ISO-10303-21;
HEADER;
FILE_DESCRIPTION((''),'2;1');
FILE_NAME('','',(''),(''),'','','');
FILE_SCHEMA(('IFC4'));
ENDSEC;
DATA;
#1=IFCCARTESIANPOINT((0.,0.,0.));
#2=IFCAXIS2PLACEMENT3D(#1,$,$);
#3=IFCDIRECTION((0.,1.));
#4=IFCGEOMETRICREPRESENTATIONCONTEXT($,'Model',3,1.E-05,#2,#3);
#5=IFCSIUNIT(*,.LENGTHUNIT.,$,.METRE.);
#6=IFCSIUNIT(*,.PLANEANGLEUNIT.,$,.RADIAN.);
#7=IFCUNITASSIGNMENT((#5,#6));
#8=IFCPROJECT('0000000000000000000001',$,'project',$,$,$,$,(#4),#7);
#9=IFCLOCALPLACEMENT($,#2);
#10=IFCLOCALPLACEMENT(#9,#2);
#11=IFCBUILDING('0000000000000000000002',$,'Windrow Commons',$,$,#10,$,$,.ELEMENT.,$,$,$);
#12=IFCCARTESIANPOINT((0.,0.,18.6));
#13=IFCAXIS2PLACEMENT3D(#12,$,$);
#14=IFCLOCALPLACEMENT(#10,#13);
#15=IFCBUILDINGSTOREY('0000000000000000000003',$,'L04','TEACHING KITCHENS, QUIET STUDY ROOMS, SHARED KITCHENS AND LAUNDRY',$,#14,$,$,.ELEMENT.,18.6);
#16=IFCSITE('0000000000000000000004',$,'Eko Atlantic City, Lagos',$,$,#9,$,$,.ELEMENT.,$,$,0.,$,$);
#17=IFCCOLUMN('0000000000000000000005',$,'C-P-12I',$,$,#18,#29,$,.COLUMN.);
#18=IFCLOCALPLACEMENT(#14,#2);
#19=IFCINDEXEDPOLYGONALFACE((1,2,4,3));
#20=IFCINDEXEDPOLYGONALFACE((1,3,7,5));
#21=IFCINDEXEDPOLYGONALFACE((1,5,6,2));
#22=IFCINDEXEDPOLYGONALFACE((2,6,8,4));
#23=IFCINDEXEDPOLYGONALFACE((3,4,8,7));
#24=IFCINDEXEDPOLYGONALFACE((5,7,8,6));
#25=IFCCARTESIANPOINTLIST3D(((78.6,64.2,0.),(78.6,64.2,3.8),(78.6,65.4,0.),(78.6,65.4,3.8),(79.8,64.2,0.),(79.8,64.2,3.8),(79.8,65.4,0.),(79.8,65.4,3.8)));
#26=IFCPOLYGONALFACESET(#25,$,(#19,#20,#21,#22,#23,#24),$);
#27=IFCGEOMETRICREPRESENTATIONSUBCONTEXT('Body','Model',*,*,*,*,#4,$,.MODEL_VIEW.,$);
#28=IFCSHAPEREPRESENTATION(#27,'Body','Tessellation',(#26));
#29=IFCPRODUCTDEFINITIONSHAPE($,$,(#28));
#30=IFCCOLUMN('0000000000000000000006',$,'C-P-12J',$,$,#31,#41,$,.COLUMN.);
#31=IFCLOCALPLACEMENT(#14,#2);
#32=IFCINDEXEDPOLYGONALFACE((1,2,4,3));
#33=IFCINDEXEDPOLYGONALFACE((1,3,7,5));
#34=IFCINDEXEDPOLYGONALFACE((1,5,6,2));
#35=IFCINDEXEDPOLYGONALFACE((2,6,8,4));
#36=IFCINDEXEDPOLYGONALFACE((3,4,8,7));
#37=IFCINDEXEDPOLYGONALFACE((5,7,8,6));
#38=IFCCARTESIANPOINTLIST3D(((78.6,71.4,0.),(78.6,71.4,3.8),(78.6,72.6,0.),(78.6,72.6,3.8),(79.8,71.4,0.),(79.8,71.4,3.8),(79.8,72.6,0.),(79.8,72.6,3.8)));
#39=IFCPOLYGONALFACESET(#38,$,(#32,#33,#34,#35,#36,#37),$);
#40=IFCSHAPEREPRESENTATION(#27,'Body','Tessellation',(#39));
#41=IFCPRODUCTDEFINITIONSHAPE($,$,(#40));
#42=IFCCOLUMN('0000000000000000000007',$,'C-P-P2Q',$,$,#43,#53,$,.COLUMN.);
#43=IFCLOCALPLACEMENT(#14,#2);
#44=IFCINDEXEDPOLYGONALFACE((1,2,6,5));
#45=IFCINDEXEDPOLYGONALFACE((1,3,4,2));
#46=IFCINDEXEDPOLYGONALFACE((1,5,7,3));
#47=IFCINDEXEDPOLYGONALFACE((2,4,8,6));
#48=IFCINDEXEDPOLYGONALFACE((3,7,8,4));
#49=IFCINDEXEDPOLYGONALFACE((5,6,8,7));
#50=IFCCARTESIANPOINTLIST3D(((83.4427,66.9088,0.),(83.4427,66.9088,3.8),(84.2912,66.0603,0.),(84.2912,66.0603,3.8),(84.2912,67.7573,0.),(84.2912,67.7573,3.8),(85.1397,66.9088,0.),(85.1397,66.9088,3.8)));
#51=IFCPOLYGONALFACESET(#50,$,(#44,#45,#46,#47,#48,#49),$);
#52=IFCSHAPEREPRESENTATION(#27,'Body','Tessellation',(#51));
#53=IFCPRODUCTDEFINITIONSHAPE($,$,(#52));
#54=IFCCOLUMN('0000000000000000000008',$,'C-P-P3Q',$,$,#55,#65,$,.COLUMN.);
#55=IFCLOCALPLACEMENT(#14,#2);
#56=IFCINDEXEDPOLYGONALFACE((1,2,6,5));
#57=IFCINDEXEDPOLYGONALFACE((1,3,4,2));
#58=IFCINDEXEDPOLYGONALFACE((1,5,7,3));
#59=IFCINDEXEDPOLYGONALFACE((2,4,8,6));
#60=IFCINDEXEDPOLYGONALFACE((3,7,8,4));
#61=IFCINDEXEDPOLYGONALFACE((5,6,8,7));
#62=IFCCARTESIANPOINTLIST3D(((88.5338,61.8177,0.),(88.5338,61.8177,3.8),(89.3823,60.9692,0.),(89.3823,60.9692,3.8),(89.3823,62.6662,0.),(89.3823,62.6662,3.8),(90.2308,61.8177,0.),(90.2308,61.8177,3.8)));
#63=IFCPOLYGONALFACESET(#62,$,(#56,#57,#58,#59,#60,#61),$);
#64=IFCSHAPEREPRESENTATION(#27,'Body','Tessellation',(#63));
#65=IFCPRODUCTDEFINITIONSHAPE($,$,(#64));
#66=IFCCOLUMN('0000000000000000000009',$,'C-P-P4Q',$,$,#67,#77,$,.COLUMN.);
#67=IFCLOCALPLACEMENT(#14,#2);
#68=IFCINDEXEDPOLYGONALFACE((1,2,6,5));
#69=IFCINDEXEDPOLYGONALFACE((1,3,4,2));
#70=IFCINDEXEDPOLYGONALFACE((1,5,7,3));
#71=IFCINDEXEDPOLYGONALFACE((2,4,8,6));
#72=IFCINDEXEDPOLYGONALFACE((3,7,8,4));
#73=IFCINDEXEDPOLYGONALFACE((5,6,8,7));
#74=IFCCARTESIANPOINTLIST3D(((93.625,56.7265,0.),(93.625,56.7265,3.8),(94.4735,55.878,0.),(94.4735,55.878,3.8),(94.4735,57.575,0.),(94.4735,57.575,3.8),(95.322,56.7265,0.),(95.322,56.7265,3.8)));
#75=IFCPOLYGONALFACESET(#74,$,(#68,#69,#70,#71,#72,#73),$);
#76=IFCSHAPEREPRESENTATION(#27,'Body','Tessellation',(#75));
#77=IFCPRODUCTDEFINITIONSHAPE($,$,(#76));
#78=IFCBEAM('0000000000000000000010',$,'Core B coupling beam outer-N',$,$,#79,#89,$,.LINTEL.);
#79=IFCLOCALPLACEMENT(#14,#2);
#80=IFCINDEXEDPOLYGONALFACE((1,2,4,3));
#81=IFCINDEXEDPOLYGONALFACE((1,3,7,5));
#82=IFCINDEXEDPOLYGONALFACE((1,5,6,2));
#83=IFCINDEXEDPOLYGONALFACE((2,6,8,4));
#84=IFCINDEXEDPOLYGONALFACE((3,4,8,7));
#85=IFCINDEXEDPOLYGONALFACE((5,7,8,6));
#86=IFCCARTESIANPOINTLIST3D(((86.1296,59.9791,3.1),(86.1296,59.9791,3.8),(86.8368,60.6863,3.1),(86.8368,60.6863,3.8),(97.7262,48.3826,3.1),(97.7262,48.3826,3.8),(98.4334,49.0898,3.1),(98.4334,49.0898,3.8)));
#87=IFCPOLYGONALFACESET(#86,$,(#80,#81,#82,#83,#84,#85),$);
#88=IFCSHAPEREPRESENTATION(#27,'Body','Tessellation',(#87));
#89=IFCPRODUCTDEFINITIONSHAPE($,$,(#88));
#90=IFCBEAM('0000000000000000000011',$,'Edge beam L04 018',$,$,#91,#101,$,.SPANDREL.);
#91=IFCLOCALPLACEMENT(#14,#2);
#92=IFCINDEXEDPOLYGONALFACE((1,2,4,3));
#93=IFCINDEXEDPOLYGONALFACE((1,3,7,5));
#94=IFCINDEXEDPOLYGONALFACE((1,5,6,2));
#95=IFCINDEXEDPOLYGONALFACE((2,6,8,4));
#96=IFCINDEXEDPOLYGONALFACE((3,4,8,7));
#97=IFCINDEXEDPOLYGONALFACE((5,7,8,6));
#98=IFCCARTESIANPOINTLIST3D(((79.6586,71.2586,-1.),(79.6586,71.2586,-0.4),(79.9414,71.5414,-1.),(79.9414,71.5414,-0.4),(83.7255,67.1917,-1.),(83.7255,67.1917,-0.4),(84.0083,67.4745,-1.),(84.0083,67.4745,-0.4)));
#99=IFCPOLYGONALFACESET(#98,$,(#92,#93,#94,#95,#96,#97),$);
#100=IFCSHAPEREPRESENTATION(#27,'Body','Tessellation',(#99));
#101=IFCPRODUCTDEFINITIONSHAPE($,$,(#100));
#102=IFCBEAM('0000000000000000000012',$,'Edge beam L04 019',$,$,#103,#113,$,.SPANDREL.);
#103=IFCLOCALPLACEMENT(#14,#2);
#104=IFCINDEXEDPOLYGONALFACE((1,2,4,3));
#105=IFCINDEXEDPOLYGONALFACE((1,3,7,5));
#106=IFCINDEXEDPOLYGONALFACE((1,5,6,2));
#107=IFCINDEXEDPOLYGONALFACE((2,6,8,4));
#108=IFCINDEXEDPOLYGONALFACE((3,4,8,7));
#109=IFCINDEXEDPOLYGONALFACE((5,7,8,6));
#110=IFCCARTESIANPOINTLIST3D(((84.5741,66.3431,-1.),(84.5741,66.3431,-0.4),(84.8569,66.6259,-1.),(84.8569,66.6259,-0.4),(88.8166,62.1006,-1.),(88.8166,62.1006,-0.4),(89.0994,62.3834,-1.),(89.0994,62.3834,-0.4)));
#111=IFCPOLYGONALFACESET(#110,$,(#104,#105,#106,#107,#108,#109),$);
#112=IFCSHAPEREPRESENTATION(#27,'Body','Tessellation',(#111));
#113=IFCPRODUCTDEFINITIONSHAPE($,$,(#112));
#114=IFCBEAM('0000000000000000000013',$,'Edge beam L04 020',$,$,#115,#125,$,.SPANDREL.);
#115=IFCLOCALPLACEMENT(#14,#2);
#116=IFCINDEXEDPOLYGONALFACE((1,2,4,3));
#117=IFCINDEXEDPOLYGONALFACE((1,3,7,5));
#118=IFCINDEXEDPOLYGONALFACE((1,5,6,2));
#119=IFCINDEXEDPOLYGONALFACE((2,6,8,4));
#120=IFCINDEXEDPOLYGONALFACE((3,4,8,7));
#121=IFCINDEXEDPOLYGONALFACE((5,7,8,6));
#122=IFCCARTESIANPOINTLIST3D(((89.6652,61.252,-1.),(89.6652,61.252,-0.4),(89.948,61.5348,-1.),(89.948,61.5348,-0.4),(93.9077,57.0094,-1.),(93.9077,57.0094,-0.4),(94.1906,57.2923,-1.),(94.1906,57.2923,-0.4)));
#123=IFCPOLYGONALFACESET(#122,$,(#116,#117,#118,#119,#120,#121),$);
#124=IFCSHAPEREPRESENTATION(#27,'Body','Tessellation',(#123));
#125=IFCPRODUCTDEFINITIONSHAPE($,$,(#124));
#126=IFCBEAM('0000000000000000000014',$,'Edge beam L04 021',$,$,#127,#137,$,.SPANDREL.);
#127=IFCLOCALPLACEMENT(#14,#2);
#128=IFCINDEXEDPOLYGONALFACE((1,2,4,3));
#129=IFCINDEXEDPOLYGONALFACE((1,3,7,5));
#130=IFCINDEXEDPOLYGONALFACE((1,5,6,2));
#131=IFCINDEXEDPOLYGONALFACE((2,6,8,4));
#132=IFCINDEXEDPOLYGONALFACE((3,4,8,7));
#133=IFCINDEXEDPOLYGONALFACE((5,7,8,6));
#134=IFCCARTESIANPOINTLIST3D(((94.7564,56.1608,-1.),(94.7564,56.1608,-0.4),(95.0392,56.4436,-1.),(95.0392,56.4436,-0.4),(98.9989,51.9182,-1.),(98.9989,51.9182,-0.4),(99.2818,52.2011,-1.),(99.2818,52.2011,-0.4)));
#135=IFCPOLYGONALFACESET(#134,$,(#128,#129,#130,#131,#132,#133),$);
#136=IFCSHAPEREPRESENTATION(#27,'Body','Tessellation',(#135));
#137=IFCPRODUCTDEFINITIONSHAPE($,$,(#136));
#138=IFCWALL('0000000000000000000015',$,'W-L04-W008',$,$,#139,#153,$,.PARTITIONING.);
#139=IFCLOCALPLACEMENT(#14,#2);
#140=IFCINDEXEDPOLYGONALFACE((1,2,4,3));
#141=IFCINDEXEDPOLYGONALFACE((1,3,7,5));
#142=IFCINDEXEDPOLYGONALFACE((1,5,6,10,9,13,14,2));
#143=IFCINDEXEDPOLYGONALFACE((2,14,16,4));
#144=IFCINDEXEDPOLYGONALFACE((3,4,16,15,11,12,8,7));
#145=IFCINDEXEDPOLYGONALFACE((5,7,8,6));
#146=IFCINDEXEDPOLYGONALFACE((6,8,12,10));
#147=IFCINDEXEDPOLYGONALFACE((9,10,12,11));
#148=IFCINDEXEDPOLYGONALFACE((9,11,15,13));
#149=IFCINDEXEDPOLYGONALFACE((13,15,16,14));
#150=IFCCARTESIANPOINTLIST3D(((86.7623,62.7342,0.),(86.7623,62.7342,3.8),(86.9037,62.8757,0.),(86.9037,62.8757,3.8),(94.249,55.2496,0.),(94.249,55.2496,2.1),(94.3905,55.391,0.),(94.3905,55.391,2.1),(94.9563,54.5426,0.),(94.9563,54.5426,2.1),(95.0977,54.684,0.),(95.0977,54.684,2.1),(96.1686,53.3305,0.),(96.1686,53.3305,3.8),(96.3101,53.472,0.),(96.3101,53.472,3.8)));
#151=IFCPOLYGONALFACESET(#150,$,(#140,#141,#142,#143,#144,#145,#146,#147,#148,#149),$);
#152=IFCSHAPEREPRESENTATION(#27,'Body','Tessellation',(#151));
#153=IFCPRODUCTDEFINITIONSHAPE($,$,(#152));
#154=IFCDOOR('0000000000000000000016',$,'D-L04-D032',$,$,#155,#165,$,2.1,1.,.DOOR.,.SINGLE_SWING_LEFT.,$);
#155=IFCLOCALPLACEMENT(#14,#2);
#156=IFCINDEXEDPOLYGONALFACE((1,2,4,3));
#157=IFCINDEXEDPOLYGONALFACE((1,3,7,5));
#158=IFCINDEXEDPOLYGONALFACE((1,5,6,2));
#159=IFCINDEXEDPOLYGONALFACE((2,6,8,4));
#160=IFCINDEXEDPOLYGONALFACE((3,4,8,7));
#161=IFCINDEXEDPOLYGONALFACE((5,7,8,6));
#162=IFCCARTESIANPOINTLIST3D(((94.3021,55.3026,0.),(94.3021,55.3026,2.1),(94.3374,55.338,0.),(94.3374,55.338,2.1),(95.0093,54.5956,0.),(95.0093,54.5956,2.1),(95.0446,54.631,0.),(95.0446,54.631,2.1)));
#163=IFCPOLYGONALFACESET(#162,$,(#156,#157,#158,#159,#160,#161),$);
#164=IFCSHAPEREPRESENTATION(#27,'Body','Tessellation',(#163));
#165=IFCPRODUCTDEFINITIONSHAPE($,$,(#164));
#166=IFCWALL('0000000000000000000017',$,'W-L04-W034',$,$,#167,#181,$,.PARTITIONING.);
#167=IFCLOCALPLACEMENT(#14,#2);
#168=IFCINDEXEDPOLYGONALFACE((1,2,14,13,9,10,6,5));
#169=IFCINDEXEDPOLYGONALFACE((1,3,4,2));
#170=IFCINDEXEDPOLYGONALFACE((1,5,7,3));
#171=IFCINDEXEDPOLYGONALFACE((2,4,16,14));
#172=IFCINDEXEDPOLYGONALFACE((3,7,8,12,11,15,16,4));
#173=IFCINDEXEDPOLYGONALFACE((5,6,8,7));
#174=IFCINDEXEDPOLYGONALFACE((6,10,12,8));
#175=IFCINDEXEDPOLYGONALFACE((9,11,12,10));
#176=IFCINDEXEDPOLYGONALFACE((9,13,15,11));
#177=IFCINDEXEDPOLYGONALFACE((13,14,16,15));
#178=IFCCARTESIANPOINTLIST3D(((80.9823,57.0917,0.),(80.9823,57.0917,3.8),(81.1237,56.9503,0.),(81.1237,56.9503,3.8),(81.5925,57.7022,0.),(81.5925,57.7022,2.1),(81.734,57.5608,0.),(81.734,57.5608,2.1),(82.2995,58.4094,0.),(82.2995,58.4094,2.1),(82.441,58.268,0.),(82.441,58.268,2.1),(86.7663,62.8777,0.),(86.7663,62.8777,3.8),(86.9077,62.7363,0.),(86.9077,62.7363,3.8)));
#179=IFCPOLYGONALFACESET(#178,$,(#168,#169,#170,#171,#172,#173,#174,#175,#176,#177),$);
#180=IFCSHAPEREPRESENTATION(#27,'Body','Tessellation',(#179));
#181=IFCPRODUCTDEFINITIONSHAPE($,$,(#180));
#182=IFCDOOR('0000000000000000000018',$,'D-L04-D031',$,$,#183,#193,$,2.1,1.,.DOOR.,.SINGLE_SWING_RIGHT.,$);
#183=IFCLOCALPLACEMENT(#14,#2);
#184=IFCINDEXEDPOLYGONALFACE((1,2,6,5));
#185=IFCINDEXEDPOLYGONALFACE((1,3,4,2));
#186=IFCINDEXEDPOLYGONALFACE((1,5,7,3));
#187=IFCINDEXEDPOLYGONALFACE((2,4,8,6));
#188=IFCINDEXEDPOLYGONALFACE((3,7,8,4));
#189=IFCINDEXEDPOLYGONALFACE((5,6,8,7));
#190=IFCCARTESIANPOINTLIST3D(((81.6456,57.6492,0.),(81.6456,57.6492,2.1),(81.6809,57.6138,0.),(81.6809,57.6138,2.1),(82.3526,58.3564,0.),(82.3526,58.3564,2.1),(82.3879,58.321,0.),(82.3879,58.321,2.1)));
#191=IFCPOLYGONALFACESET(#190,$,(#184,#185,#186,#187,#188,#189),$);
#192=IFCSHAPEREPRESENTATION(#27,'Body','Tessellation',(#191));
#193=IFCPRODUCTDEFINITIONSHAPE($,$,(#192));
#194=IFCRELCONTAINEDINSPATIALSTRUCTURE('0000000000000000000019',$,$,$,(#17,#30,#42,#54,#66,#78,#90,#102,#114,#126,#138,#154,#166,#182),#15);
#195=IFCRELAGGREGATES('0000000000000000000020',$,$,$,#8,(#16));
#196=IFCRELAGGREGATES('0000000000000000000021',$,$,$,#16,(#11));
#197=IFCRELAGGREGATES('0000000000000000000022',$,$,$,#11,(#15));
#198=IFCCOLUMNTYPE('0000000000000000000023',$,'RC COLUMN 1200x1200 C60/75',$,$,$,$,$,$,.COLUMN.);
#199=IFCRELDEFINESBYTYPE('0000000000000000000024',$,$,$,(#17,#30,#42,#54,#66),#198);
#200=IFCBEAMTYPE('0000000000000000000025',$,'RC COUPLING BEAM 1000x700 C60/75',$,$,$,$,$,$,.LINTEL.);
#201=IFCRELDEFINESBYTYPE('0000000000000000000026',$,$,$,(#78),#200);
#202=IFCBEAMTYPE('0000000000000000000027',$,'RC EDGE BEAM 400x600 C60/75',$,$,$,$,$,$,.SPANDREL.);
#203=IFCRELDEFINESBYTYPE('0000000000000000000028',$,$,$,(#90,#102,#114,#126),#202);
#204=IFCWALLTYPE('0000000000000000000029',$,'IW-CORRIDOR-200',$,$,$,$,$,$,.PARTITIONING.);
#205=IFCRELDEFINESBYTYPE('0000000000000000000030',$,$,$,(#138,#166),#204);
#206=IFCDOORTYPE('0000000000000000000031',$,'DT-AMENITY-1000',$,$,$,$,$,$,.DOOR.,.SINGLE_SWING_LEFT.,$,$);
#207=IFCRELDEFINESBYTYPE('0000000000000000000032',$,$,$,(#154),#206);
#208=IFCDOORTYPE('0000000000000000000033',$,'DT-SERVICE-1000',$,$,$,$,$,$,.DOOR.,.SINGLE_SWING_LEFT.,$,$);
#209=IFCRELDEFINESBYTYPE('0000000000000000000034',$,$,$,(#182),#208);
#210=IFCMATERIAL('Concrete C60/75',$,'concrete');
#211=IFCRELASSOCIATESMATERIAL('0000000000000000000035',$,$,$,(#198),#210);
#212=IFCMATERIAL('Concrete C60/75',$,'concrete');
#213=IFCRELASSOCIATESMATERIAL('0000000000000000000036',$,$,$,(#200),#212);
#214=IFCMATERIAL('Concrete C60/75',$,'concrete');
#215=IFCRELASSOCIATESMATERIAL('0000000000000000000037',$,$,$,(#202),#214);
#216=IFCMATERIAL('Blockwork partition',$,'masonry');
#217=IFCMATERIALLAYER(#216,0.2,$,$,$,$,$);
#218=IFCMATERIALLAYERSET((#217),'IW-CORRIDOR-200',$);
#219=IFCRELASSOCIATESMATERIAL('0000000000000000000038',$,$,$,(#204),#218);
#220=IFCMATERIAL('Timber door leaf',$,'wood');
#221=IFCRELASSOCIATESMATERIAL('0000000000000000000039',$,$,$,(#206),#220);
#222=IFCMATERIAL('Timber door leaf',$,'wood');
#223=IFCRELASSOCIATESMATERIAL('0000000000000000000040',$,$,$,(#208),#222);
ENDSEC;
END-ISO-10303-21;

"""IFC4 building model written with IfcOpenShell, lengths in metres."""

from ifc_helpers import new_model, si_unit, direction, frame, frame_2d, origin, origin_2d, place, context, subcontext, project, spatial, rectangle, extrude, material, layer, layer_set, material_profile, profile_set, type_object, element, fill, save


model = new_model("IFC4")

# Units and contexts
model_context = context("Model", 3, precision=1e-05, world=origin(), true_north=direction((0.0, 1.0)))
body_context = subcontext(model_context, "Body", "Model", "MODEL_VIEW")
ifc_project = project(units=[si_unit("LENGTHUNIT", "METRE"), si_unit("PLANEANGLEUNIT", "RADIAN")], contexts=[model_context])

# Site, building, storey
site_placement = place(None, origin())
site = spatial("IfcSite", under=ifc_project, at=site_placement, Name="Eko Atlantic City, Lagos", CompositionType="ELEMENT", RefElevation=0.0)
building_placement = place(site_placement, origin())
building = spatial("IfcBuilding", under=site, at=building_placement, Name="Windrow Commons", CompositionType="ELEMENT")
storey_placement = place(building_placement, frame((0.0, 0.0, 18.6)))
storey = spatial("IfcBuildingStorey", under=building, at=storey_placement, Name="L04", Description="TEACHING KITCHENS, QUIET STUDY ROOMS, SHARED KITCHENS AND LAUNDRY", CompositionType="ELEMENT", Elevation=18.6)

# Columns
ifc_material_1 = material(Name="Concrete C60/75", Category="concrete")
ifc_material_profile_1 = material_profile(ifc_material_1, rectangle(XDim=1.2, YDim=1.2, at=origin_2d()))
ifc_profile_set_1 = profile_set([ifc_material_profile_1], Name="Concrete C60/75")
column_type = type_object("IfcColumnType", Name="RC COLUMN 1200x1200 C60/75", PredefinedType="COLUMN", material=ifc_profile_set_1)
for number, where, z_axis, x_axis, name in (
    (1, (79.2, 64.8, 0.0), (0.0, 0.0, 1.0), (1.0, 0.0, 0.0), "C-P-12I"),
    (2, (79.2, 72.0, 0.0), (0.0, 0.0, 1.0), (1.0, 0.0, 0.0), "C-P-12J"),
    (3, (84.2912, 66.9088, 0.0), (0.0, 0.0, 1.0), (0.707107, -0.707107, 0.0), "C-P-P2Q"),
    (4, (89.3823, 61.8177, 0.0), (0.0, 0.0, 1.0), (0.707107, -0.707107, 0.0), "C-P-P3Q"),
    (5, (94.4735, 56.7265, 0.0), (0.0, 0.0, 1.0), (0.707107, -0.707107, 0.0), "C-P-P4Q"),
):
    element("IfcColumn", number, at=place(storey_placement, frame(where, z_axis=z_axis, x_axis=x_axis)), inside=storey, type_object=column_type, Name=name, PredefinedType="COLUMN", context=body_context, shape_type="SweptSolid", body=[
        extrude(rectangle(XDim=1.2, YDim=1.2, at=origin_2d()), origin(), (0.0, 0.0, 1.0), 3.8),
    ])

# Beams
ifc_material_2 = material(Name="Concrete C60/75", Category="concrete")
ifc_material_profile_2 = material_profile(ifc_material_2, rectangle(XDim=1.0, YDim=0.7, at=origin_2d()))
ifc_profile_set_2 = profile_set([ifc_material_profile_2], Name="Concrete C60/75")
beam_type_1 = type_object("IfcBeamType", Name="RC COUPLING BEAM 1000x700 C60/75", PredefinedType="LINTEL", material=ifc_profile_set_2)
beam_1_placement = place(storey_placement, frame((86.4832, 60.3327, 3.45), z_axis=(0.70711, -0.707104, 0.0), x_axis=(0.707104, 0.70711, 0.0)))
element("IfcBeam", 6, at=beam_1_placement, inside=storey, type_object=beam_type_1, Name="Core B coupling beam outer-N", PredefinedType="LINTEL", context=body_context, shape_type="SweptSolid", body=[
    extrude(rectangle(XDim=1.0, YDim=0.7, at=origin_2d()), origin(), (0.0, 0.0, 1.0), 16.4),
])
ifc_material_3 = material(Name="Concrete C60/75", Category="concrete")
ifc_material_profile_3 = material_profile(ifc_material_3, rectangle(XDim=0.4, YDim=0.6, at=origin_2d()))
ifc_profile_set_3 = profile_set([ifc_material_profile_3], Name="Concrete C60/75")
beam_type_2 = type_object("IfcBeamType", Name="RC EDGE BEAM 400x600 C60/75", PredefinedType="SPANDREL", material=ifc_profile_set_3)
beam_2_placement = place(storey_placement, frame((79.8, 71.4, -0.7), z_axis=(0.707107, -0.707107, 0.0), x_axis=(0.707107, 0.707107, 0.0)))
element("IfcBeam", 7, at=beam_2_placement, inside=storey, type_object=beam_type_2, Name="Edge beam L04 018", PredefinedType="SPANDREL", context=body_context, shape_type="SweptSolid", body=[
    extrude(rectangle(XDim=0.4, YDim=0.6, at=origin_2d()), origin(), (0.0, 0.0, 1.0), 5.7515),
])
beam_3_placement = place(storey_placement, frame((84.7155, 66.4845, -0.7), z_axis=(0.707107, -0.707107, 0.0), x_axis=(0.707107, 0.707107, 0.0)))
element("IfcBeam", 8, at=beam_3_placement, inside=storey, type_object=beam_type_2, Name="Edge beam L04 019", PredefinedType="SPANDREL", context=body_context, shape_type="SweptSolid", body=[
    extrude(rectangle(XDim=0.4, YDim=0.6, at=origin_2d()), origin(), (0.0, 0.0, 1.0), 5.9998),
])
for number, where, z_axis, x_axis, name in (
    (9, (89.8066, 61.3934, -0.7), (0.707107, -0.707107, 0.0), (0.707107, 0.707107, 0.0), "Edge beam L04 020"),
    (10, (94.8978, 56.3022, -0.7), (0.707107, -0.707107, 0.0), (0.707107, 0.707107, 0.0), "Edge beam L04 021"),
):
    element("IfcBeam", number, at=place(storey_placement, frame(where, z_axis=z_axis, x_axis=x_axis)), inside=storey, type_object=beam_type_2, Name=name, PredefinedType="SPANDREL", context=body_context, shape_type="SweptSolid", body=[
        extrude(rectangle(XDim=0.4, YDim=0.6, at=origin_2d()), origin(), (0.0, 0.0, 1.0), 5.9999),
    ])

# Walls, openings, doors
ifc_material_4 = material(Name="Blockwork partition", Category="masonry")
ifc_layer_1 = layer(ifc_material_4, 0.2)
ifc_layer_set_1 = layer_set([ifc_layer_1], Name="IW-CORRIDOR-200")
wall_type_1 = type_object("IfcWallType", Name="IW-CORRIDOR-200", PredefinedType="PARTITIONING", material=ifc_layer_set_1)
wall_1_placement = place(storey_placement, frame((86.833, 62.805, 0.0), z_axis=(0.0, 0.0, 1.0), x_axis=(0.707205, -0.707009, 0.0)))
wall_1 = element("IfcWall", 11, at=wall_1_placement, inside=storey, type_object=wall_type_1, Name="W-L04-W008", PredefinedType="PARTITIONING", context=body_context, shape_type="SweptSolid", body=[
    extrude(rectangle(XDim=13.3007, YDim=0.2, at=frame_2d((6.6504, 0.0))), origin(), (0.0, 0.0, 1.0), 3.8),
])
opening_1_placement = place(wall_1_placement, frame((10.5864, 0.0, 0.0)))
opening_1 = element("IfcOpeningElement", 12, at=opening_1_placement, cuts=wall_1, PredefinedType="OPENING", context=body_context, shape_type="SweptSolid", body=[
    extrude(rectangle(XDim=1.0, YDim=2.1, at=frame_2d((0.5, 1.05))), frame((0.0, 0.11, 0.0), z_axis=(0.0, -1.0, 0.0), x_axis=(1.0, 0.0, 0.0)), (0.0, 0.0, 1.0), 0.22),
])
ifc_material_5 = material(Name="Timber door leaf", Category="wood")
door_type_1 = type_object("IfcDoorType", Name="DT-AMENITY-1000", OperationType="SINGLE_SWING_LEFT", PredefinedType="DOOR", material=ifc_material_5)
door_1_placement = place(opening_1_placement, origin())
door_1 = element("IfcDoor", 13, at=door_1_placement, inside=storey, type_object=door_type_1, Name="D-L04-D032", OperationType="SINGLE_SWING_LEFT", OverallHeight=2.1, OverallWidth=1.0, PredefinedType="DOOR", context=body_context, shape_type="SweptSolid", body=[
    extrude(rectangle(XDim=1.0, YDim=2.1, at=frame_2d((0.5, 1.05))), frame((0.0, 0.025, 0.0), z_axis=(0.0, -1.0, 0.0), x_axis=(1.0, 0.0, 0.0)), (0.0, 0.0, 1.0), 0.05),
])
fill(opening_1, door_1)
wall_2_placement = place(storey_placement, frame((81.053, 57.021, 0.0), z_axis=(0.0, 0.0, 1.0), x_axis=(0.706985, 0.707229, 0.0)))
wall_2 = element("IfcWall", 14, at=wall_2_placement, inside=storey, type_object=wall_type_1, Name="W-L04-W034", PredefinedType="PARTITIONING", context=body_context, shape_type="SweptSolid", body=[
    extrude(rectangle(XDim=8.1812, YDim=0.2, at=frame_2d((4.0906, 0.0))), origin(), (0.0, 0.0, 1.0), 3.8),
])
opening_2_placement = place(wall_2_placement, frame((0.8632, 0.0, 0.0)))
opening_2 = element("IfcOpeningElement", 15, at=opening_2_placement, cuts=wall_2, PredefinedType="OPENING", context=body_context, shape_type="SweptSolid", body=[
    extrude(rectangle(XDim=1.0, YDim=2.1, at=frame_2d((0.5, 1.05))), frame((0.0, 0.11, 0.0), z_axis=(0.0, -1.0, 0.0), x_axis=(1.0, 0.0, 0.0)), (0.0, 0.0, 1.0), 0.22),
])
ifc_material_6 = material(Name="Timber door leaf", Category="wood")
door_type_2 = type_object("IfcDoorType", Name="DT-SERVICE-1000", OperationType="SINGLE_SWING_LEFT", PredefinedType="DOOR", material=ifc_material_6)
door_2_placement = place(opening_2_placement, origin())
door_2 = element("IfcDoor", 16, at=door_2_placement, inside=storey, type_object=door_type_2, Name="D-L04-D031", OperationType="SINGLE_SWING_RIGHT", OverallHeight=2.1, OverallWidth=1.0, PredefinedType="DOOR", context=body_context, shape_type="SweptSolid", body=[
    extrude(rectangle(XDim=1.0, YDim=2.1, at=frame_2d((0.5, 1.05))), frame((0.0, 0.025, 0.0), z_axis=(0.0, -1.0, 0.0), x_axis=(1.0, 0.0, 0.0)), (0.0, 0.0, 1.0), 0.05),
])
fill(opening_2, door_2)

save(model, "model.ifc")
